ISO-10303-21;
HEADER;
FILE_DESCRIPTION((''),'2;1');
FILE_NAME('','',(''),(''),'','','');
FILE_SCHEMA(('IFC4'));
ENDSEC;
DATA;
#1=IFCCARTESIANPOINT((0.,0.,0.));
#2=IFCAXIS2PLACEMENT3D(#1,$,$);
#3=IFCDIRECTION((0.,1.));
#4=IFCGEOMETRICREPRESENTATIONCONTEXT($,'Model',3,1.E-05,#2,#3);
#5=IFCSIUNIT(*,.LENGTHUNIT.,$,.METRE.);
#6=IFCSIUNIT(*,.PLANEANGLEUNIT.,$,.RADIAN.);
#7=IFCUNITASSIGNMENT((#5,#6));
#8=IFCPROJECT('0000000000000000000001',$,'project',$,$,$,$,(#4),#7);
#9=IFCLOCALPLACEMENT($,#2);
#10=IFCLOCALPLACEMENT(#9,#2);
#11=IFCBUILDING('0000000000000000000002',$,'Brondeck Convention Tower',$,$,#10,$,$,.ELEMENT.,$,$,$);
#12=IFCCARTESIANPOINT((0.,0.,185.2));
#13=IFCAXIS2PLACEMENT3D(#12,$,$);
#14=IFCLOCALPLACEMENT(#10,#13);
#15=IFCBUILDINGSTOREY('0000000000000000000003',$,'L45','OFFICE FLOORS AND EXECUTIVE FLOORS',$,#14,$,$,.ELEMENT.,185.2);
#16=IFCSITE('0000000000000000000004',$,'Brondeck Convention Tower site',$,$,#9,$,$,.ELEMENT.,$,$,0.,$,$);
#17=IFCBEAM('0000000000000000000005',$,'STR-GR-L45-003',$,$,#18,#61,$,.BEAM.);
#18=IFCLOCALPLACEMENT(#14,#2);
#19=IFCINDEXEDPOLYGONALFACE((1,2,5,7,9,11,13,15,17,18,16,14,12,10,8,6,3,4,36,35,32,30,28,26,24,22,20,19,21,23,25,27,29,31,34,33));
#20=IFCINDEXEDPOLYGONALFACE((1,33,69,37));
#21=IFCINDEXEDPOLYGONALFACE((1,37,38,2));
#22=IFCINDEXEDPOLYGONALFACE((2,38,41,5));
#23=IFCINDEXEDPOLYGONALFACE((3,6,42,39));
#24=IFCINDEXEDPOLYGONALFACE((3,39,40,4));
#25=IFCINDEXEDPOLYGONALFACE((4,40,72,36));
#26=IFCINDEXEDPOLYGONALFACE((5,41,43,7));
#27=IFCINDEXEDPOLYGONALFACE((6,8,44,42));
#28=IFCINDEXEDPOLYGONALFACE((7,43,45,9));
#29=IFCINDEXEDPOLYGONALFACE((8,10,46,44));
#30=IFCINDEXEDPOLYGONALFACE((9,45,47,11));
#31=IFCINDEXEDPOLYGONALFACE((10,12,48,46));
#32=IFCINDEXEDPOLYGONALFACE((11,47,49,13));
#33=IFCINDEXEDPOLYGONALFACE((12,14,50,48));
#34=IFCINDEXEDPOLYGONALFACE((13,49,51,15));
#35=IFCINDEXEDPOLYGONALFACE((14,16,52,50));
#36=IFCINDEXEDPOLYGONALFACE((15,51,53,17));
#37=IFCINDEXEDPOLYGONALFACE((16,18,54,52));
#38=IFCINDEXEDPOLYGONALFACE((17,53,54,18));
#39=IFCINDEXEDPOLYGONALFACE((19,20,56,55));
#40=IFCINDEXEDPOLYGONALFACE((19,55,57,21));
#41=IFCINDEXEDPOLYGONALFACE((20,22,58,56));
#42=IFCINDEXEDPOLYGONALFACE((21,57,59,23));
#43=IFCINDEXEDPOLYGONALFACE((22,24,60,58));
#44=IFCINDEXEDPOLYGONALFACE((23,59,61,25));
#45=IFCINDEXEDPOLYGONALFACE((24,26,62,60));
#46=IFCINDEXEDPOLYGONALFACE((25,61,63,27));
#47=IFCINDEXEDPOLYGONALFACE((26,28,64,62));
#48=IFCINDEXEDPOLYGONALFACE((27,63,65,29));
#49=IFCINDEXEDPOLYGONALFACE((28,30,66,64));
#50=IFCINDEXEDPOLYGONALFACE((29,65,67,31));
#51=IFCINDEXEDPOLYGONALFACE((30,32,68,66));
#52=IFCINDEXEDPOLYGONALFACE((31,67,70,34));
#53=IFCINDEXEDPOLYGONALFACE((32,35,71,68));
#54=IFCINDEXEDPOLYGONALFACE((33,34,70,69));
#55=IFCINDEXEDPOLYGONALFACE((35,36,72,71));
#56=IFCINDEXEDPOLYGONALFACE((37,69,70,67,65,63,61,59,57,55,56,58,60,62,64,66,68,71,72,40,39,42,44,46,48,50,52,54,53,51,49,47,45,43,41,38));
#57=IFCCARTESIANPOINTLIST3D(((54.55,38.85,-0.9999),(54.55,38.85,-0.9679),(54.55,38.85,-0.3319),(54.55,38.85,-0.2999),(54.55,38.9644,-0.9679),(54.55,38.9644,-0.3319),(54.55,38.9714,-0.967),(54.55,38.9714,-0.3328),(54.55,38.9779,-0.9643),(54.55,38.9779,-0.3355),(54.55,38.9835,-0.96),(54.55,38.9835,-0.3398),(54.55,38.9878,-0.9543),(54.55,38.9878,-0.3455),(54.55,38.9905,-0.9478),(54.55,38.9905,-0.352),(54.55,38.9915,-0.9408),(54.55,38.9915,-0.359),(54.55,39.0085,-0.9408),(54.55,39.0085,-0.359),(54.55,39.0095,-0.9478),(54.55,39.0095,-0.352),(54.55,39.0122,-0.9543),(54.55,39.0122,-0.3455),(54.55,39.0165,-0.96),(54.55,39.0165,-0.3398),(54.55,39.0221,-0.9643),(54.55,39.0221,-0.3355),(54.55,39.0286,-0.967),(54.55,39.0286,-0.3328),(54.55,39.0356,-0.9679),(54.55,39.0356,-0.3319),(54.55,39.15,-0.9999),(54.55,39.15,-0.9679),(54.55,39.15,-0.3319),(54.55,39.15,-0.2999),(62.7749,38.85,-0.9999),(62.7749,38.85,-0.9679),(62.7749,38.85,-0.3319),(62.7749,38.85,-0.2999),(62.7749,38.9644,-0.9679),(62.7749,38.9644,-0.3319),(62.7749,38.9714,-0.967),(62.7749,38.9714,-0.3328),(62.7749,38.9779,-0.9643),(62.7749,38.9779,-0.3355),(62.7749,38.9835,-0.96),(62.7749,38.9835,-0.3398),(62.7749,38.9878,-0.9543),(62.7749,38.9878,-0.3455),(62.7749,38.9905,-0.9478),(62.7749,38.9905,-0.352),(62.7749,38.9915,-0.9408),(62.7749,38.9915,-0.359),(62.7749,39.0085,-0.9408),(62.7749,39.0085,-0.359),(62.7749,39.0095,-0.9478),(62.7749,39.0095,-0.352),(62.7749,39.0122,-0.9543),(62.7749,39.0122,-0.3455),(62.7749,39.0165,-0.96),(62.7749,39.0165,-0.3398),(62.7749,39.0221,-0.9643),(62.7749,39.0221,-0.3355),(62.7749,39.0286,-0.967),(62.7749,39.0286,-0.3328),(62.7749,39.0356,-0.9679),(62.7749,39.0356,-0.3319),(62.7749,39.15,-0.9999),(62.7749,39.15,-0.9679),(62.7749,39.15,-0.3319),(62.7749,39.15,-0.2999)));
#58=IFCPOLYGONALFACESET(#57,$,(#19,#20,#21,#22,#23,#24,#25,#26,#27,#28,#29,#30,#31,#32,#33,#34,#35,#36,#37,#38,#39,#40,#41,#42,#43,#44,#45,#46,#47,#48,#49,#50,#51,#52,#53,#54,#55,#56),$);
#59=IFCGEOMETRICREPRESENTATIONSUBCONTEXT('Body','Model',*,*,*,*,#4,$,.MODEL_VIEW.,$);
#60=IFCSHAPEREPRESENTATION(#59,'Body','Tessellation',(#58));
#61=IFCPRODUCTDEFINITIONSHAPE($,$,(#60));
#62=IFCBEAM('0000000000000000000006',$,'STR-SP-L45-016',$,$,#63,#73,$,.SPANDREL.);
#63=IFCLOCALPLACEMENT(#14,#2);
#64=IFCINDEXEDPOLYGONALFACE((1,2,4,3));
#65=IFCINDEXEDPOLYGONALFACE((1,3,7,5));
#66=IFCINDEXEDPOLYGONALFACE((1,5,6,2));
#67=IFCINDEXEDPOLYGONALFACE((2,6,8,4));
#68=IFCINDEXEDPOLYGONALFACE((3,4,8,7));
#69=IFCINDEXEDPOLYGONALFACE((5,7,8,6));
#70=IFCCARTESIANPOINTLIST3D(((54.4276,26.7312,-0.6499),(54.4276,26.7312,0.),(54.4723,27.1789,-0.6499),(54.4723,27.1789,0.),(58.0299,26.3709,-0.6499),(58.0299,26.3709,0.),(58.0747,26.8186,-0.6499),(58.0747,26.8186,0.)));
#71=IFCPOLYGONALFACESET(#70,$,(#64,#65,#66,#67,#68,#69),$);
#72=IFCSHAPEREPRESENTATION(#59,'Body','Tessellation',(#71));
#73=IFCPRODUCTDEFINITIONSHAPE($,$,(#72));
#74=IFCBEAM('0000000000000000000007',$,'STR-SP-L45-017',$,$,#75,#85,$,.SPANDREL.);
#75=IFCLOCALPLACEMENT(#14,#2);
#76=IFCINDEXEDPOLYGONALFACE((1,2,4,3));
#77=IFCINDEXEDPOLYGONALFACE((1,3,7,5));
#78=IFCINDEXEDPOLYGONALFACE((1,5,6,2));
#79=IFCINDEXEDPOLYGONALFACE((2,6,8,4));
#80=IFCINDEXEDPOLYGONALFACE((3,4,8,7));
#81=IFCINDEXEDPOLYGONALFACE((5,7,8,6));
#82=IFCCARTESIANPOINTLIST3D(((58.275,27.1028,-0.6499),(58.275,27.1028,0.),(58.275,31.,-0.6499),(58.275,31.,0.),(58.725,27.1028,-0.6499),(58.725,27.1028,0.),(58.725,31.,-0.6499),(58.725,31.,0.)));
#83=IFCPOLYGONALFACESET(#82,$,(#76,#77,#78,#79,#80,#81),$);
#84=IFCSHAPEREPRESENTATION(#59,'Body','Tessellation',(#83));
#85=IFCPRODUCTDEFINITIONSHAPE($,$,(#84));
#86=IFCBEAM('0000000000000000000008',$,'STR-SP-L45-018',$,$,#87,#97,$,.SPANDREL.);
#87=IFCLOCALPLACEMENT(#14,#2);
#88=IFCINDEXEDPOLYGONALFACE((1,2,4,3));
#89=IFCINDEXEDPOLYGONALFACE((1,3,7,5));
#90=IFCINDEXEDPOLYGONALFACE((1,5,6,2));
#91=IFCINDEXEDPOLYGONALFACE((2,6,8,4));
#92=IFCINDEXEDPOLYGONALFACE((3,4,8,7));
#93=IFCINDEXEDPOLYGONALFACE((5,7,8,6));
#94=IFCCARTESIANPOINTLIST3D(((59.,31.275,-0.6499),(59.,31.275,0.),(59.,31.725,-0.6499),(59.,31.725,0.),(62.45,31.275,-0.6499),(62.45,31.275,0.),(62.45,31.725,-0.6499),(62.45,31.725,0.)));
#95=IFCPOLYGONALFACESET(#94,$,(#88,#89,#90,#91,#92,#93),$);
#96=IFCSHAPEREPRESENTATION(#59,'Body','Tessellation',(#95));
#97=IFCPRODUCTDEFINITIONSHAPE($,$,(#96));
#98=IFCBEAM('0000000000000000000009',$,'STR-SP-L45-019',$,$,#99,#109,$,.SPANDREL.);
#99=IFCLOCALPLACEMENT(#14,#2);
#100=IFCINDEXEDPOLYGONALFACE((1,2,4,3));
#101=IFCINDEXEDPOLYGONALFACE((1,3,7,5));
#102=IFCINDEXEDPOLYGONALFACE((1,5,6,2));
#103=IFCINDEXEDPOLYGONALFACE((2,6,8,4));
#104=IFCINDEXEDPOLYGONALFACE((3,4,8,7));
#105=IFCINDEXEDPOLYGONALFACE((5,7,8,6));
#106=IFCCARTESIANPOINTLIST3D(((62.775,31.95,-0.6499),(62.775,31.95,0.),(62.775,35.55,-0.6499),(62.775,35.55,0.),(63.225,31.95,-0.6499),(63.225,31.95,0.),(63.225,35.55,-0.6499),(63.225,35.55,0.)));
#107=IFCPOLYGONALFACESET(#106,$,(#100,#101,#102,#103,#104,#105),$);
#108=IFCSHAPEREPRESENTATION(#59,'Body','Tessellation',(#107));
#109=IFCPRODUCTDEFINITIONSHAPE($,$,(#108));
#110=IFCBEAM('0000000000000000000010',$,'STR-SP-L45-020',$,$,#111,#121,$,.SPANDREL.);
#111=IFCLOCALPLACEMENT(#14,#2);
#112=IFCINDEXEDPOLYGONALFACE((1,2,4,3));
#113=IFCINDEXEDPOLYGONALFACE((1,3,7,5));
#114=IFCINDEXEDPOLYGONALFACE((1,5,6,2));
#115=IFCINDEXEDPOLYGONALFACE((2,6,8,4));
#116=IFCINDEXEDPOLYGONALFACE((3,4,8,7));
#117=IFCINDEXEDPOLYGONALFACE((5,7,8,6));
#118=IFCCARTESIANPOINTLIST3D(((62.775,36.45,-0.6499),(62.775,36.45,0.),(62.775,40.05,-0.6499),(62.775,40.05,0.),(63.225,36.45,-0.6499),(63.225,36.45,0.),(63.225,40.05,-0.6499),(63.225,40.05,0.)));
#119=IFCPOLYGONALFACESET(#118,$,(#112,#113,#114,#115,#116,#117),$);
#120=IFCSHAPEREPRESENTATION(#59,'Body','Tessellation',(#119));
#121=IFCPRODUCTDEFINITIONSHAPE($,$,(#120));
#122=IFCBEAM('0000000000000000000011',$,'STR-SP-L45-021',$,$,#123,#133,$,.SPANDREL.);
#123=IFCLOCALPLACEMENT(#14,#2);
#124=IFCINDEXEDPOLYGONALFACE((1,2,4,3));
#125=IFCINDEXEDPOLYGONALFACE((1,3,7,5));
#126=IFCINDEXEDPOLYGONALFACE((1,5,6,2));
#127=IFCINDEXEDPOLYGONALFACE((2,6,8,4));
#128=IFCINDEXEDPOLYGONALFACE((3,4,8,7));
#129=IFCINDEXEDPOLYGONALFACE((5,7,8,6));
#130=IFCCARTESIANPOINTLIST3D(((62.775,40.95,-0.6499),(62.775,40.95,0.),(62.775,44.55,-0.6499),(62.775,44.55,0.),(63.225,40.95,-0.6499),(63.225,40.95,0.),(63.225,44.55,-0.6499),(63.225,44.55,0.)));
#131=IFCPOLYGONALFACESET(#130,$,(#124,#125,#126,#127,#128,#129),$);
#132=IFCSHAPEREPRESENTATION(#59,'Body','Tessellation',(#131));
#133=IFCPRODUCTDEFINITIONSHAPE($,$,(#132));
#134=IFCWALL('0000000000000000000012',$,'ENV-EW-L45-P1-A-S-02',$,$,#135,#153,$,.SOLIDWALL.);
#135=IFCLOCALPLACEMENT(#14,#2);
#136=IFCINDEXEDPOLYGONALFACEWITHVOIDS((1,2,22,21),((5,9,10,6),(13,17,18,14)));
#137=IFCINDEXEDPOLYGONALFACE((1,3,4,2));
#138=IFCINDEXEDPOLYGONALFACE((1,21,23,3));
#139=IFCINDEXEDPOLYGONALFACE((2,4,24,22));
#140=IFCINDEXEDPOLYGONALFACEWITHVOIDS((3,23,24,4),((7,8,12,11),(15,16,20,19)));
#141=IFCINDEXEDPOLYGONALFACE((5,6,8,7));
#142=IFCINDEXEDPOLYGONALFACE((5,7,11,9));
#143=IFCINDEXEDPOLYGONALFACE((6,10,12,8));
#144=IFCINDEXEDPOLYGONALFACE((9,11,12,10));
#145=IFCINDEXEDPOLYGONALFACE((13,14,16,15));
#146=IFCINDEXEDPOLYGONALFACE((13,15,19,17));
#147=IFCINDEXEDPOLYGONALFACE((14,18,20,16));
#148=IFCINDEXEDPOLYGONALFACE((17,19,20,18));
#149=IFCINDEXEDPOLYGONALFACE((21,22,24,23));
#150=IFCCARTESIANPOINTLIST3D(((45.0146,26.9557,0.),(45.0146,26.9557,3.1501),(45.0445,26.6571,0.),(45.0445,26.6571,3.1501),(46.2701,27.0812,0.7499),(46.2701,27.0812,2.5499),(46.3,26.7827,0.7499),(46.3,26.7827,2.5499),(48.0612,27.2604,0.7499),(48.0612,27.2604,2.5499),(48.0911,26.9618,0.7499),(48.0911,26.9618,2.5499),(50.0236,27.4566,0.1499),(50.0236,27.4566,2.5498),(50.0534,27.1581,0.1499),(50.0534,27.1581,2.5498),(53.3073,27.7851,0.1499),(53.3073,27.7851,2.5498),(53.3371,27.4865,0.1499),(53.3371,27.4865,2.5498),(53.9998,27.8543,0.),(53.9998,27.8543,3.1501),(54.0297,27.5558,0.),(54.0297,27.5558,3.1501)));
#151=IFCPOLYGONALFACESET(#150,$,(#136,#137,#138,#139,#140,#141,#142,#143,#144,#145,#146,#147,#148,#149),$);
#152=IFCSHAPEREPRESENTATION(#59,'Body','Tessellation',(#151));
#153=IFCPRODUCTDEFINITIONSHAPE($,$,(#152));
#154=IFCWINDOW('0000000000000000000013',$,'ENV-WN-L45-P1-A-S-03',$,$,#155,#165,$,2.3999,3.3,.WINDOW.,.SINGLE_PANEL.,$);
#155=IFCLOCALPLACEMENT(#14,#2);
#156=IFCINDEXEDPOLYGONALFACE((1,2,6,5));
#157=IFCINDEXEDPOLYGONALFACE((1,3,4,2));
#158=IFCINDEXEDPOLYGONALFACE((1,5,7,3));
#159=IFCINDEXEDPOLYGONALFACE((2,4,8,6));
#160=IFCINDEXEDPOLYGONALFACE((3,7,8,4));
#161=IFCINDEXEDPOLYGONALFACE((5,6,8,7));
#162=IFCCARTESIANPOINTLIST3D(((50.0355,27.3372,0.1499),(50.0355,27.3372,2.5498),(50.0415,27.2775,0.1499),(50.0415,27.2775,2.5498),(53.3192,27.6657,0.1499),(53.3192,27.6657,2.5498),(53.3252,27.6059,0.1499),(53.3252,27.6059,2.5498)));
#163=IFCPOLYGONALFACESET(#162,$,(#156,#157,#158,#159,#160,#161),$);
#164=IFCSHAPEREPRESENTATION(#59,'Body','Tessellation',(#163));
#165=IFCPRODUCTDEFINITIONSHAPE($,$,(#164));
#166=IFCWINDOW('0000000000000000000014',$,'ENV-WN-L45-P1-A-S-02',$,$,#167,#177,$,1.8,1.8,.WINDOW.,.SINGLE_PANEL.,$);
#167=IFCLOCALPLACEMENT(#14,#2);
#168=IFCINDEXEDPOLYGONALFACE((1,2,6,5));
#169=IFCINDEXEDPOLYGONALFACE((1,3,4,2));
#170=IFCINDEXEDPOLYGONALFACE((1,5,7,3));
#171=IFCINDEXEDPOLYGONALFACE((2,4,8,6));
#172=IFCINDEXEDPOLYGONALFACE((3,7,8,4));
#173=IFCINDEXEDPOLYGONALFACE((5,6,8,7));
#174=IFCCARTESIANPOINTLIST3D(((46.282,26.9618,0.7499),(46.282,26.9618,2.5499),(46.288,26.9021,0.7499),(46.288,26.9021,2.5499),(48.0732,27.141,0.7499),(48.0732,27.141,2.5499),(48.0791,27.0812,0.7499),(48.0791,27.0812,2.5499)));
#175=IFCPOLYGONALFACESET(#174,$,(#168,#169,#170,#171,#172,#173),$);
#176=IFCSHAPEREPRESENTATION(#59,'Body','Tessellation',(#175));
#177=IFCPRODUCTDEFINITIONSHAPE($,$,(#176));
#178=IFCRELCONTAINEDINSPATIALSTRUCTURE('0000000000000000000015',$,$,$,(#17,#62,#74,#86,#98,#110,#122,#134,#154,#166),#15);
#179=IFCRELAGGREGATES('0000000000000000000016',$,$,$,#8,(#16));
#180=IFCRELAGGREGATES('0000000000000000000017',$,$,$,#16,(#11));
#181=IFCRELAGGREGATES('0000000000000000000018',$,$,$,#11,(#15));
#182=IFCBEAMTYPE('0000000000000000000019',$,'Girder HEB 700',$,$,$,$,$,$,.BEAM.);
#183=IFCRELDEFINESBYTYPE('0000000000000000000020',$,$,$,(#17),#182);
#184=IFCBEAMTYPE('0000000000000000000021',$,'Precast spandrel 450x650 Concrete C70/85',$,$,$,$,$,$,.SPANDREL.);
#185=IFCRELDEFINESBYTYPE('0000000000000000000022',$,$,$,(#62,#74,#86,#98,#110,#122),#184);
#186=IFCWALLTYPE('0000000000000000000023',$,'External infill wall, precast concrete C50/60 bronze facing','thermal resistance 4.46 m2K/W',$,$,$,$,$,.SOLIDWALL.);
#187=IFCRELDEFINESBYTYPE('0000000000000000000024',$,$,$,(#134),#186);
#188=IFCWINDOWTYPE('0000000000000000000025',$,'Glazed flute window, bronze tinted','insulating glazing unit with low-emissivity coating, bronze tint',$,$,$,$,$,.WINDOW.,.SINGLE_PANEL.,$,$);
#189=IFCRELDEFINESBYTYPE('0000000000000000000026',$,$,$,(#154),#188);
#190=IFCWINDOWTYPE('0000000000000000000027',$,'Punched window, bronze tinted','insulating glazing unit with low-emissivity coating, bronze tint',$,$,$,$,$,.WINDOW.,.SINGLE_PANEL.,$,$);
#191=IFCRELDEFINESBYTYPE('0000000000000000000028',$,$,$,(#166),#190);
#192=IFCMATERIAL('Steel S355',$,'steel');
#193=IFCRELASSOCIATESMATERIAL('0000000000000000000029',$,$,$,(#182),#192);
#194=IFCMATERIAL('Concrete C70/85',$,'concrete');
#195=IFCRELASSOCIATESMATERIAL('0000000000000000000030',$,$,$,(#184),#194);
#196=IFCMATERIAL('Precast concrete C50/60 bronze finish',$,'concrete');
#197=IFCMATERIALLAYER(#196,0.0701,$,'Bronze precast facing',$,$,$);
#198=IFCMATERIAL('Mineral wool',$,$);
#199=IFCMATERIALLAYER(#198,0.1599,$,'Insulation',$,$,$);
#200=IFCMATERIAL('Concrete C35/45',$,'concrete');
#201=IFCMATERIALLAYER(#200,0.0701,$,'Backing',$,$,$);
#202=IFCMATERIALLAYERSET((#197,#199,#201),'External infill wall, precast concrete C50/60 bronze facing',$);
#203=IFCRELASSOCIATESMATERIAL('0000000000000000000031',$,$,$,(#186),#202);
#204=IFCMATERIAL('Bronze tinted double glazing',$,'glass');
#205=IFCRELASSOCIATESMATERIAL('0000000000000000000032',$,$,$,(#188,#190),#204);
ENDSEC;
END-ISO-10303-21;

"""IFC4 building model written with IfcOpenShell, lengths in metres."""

from ifc_helpers import new_model, si_unit, direction, frame, frame_2d, origin, origin_2d, place, context, subcontext, project, spatial, rectangle, i_section, extrude, material, layer, layer_set, material_profile, profile_set, type_object, element, fill, save


model = new_model("IFC4")

# Units and contexts
model_context = context("Model", 3, precision=1e-05, world=origin(), true_north=direction((0.0, 1.0)))
body_context = subcontext(model_context, "Body", "Model", "MODEL_VIEW")
ifc_project = project(units=[si_unit("LENGTHUNIT", "METRE"), si_unit("PLANEANGLEUNIT", "RADIAN")], contexts=[model_context])

# Site, building, storey
site_placement = place(None, origin())
site = spatial("IfcSite", under=ifc_project, at=site_placement, Name="Brondeck Convention Tower site", CompositionType="ELEMENT", RefElevation=0.0)
building_placement = place(site_placement, origin())
building = spatial("IfcBuilding", under=site, at=building_placement, Name="Brondeck Convention Tower", CompositionType="ELEMENT")
storey_placement = place(building_placement, frame((0.0, 0.0, 185.2)))
storey = spatial("IfcBuildingStorey", under=building, at=storey_placement, Name="L45", Description="OFFICE FLOORS AND EXECUTIVE FLOORS", CompositionType="ELEMENT", Elevation=185.2)

# Shared definitions
ifc_material_1 = material(Name="Concrete C70/85", Category="concrete")

# Beams
ifc_material_2 = material(Name="Steel S355", Category="steel")
ifc_material_profile_1 = material_profile(ifc_material_2, i_section(OverallWidth=0.3, OverallDepth=0.7, WebThickness=0.0171, FlangeThickness=0.032, FilletRadius=0.0271, at=origin_2d()), Name="HEB 700")
ifc_profile_set_1 = profile_set([ifc_material_profile_1], Name="Steel S355")
beam_type_1 = type_object("IfcBeamType", Name="Girder HEB 700", PredefinedType="BEAM", material=ifc_profile_set_1)
beam_1_placement = place(storey_placement, frame((54.55, 39.0, -0.6499), z_axis=(1.0, 0.0, 0.0), x_axis=(0.0, 1.0, 0.0)))
element("IfcBeam", 1, at=beam_1_placement, inside=storey, type_object=beam_type_1, Name="STR-GR-L45-003", PredefinedType="BEAM", context=body_context, shape_type="SweptSolid", body=[
    extrude(i_section(OverallWidth=0.3, OverallDepth=0.7, WebThickness=0.0171, FlangeThickness=0.032, FilletRadius=0.0271, at=origin_2d()), origin(), (0.0, 0.0, 1.0), 8.2249),
])
ifc_material_profile_2 = material_profile(ifc_material_1, rectangle(XDim=0.45, YDim=0.6499, at=origin_2d()), Name="Precast spandrel 450x650 Concrete C70/85")
ifc_profile_set_2 = profile_set([ifc_material_profile_2], Name="Concrete C70/85")
beam_type_2 = type_object("IfcBeamType", Name="Precast spandrel 450x650 Concrete C70/85", PredefinedType="SPANDREL", material=ifc_profile_set_2)
beam_2_placement = place(storey_placement, frame((54.45, 26.9551, -0.325), z_axis=(0.995034, -0.099537, 0.0), x_axis=(0.099537, 0.995034, 0.0)))
element("IfcBeam", 2, at=beam_2_placement, inside=storey, type_object=beam_type_2, Name="STR-SP-L45-016", PredefinedType="SPANDREL", context=body_context, shape_type="SweptSolid", body=[
    extrude(rectangle(XDim=0.45, YDim=0.6499, at=origin_2d()), origin(), (0.0, 0.0, 1.0), 3.6204),
])
beam_3_placement = place(storey_placement, frame((58.5, 27.1028, -0.325), z_axis=(0.0, 1.0, 0.0), x_axis=(-1.0, 0.0, 0.0)))
element("IfcBeam", 3, at=beam_3_placement, inside=storey, type_object=beam_type_2, Name="STR-SP-L45-017", PredefinedType="SPANDREL", context=body_context, shape_type="SweptSolid", body=[
    extrude(rectangle(XDim=0.45, YDim=0.6499, at=origin_2d()), origin(), (0.0, 0.0, 1.0), 3.8972),
])
beam_4_placement = place(storey_placement, frame((59.0, 31.5, -0.325), z_axis=(1.0, 0.0, 0.0), x_axis=(0.0, 1.0, 0.0)))
element("IfcBeam", 4, at=beam_4_placement, inside=storey, type_object=beam_type_2, Name="STR-SP-L45-018", PredefinedType="SPANDREL", context=body_context, shape_type="SweptSolid", body=[
    extrude(rectangle(XDim=0.45, YDim=0.6499, at=origin_2d()), origin(), (0.0, 0.0, 1.0), 3.45),
])
for number, where, z_axis, x_axis, name in (
    (5, (63.0, 31.95, -0.325), (0.0, 1.0, 0.0), (-1.0, 0.0, 0.0), "STR-SP-L45-019"),
    (6, (63.0, 36.45, -0.325), (0.0, 1.0, 0.0), (-1.0, 0.0, 0.0), "STR-SP-L45-020"),
    (7, (63.0, 40.95, -0.325), (0.0, 1.0, 0.0), (-1.0, 0.0, 0.0), "STR-SP-L45-021"),
):
    element("IfcBeam", number, at=place(storey_placement, frame(where, z_axis=z_axis, x_axis=x_axis)), inside=storey, type_object=beam_type_2, Name=name, PredefinedType="SPANDREL", context=body_context, shape_type="SweptSolid", body=[
        extrude(rectangle(XDim=0.45, YDim=0.6499, at=origin_2d()), origin(), (0.0, 0.0, 1.0), 3.6001),
    ])

# Wall, openings, windows
ifc_material_3 = material(Name="Precast concrete C50/60 bronze finish", Category="concrete")
ifc_layer_1 = layer(ifc_material_3, 0.0701, Name="Bronze precast facing")
ifc_material_4 = material(Name="Mineral wool")
ifc_layer_2 = layer(ifc_material_4, 0.1599, Name="Insulation")
ifc_material_5 = material(Name="Concrete C35/45", Category="concrete")
ifc_layer_3 = layer(ifc_material_5, 0.0701, Name="Backing")
ifc_layer_set_1 = layer_set([ifc_layer_1, ifc_layer_2, ifc_layer_3], Name="External infill wall, precast concrete C50/60 bronze facing")
wall_type_1 = type_object("IfcWallType", Name="External infill wall, precast concrete C50/60 bronze facing", Description="thermal resistance 4.46 m2K/W", PredefinedType="SOLIDWALL", material=ifc_layer_set_1)
wall_1_placement = place(storey_placement, frame((54.0149, 27.7051, 0.0), z_axis=(0.0, 0.0, 1.0), x_axis=(-0.995035, -0.099522, 0.0)))
wall_1 = element("IfcWall", 8, at=wall_1_placement, inside=storey, type_object=wall_type_1, Name="ENV-EW-L45-P1-A-S-02", PredefinedType="SOLIDWALL", context=body_context, shape_type="SweptSolid", body=[
    extrude(rectangle(XDim=9.03, YDim=0.3, at=frame_2d((4.5151, 0.0))), origin(), (0.0, 0.0, 1.0), 3.1501),
])
opening_1_placement = place(wall_1_placement, frame((0.6963, 0.0, 0.1499)))
opening_1 = element("IfcOpeningElement", 9, at=opening_1_placement, cuts=wall_1, PredefinedType="OPENING", context=body_context, shape_type="SweptSolid", body=[
    extrude(rectangle(XDim=3.3, YDim=2.3999, at=frame_2d((1.6499, 1.2))), frame((0.0, 0.1599, 0.0), z_axis=(0.0, -1.0, 0.0), x_axis=(1.0, 0.0, 0.0)), (0.0, 0.0, 1.0), 0.3201),
])
opening_2_placement = place(wall_1_placement, frame((5.9685, 0.0, 0.75)))
opening_2 = element("IfcOpeningElement", 10, at=opening_2_placement, cuts=wall_1, PredefinedType="OPENING", context=body_context, shape_type="SweptSolid", body=[
    extrude(rectangle(XDim=1.8, YDim=1.8, at=frame_2d((0.8999, 0.8999))), frame((0.0, 0.1599, 0.0), z_axis=(0.0, -1.0, 0.0), x_axis=(1.0, 0.0, 0.0)), (0.0, 0.0, 1.0), 0.3201),
])
ifc_material_6 = material(Name="Bronze tinted double glazing", Category="glass")
window_type_1 = type_object("IfcWindowType", Name="Glazed flute window, bronze tinted", Description="insulating glazing unit with low-emissivity coating, bronze tint", PartitioningType="SINGLE_PANEL", PredefinedType="WINDOW", material=ifc_material_6)
window_1_placement = place(opening_1_placement, origin())
window_1 = element("IfcWindow", 11, at=window_1_placement, inside=storey, type_object=window_type_1, Name="ENV-WN-L45-P1-A-S-03", OverallHeight=2.3999, OverallWidth=3.3, PartitioningType="SINGLE_PANEL", PredefinedType="WINDOW", context=body_context, shape_type="SweptSolid", body=[
    extrude(rectangle(XDim=3.3, YDim=2.3999, at=frame_2d((1.6499, 1.2))), frame((0.0, 0.03, 0.0), z_axis=(0.0, -1.0, 0.0), x_axis=(1.0, 0.0, 0.0)), (0.0, 0.0, 1.0), 0.0601),
])
fill(opening_1, window_1)
window_type_2 = type_object("IfcWindowType", Name="Punched window, bronze tinted", Description="insulating glazing unit with low-emissivity coating, bronze tint", PartitioningType="SINGLE_PANEL", PredefinedType="WINDOW", material=ifc_material_6)
window_2_placement = place(opening_2_placement, origin())
window_2 = element("IfcWindow", 12, at=window_2_placement, inside=storey, type_object=window_type_2, Name="ENV-WN-L45-P1-A-S-02", OverallHeight=1.8, OverallWidth=1.8, PartitioningType="SINGLE_PANEL", PredefinedType="WINDOW", context=body_context, shape_type="SweptSolid", body=[
    extrude(rectangle(XDim=1.8, YDim=1.8, at=frame_2d((0.8999, 0.8999))), frame((0.0, 0.03, 0.0), z_axis=(0.0, -1.0, 0.0), x_axis=(1.0, 0.0, 0.0)), (0.0, 0.0, 1.0), 0.0601),
])
fill(opening_2, window_2)

save(model, "model.ifc")
